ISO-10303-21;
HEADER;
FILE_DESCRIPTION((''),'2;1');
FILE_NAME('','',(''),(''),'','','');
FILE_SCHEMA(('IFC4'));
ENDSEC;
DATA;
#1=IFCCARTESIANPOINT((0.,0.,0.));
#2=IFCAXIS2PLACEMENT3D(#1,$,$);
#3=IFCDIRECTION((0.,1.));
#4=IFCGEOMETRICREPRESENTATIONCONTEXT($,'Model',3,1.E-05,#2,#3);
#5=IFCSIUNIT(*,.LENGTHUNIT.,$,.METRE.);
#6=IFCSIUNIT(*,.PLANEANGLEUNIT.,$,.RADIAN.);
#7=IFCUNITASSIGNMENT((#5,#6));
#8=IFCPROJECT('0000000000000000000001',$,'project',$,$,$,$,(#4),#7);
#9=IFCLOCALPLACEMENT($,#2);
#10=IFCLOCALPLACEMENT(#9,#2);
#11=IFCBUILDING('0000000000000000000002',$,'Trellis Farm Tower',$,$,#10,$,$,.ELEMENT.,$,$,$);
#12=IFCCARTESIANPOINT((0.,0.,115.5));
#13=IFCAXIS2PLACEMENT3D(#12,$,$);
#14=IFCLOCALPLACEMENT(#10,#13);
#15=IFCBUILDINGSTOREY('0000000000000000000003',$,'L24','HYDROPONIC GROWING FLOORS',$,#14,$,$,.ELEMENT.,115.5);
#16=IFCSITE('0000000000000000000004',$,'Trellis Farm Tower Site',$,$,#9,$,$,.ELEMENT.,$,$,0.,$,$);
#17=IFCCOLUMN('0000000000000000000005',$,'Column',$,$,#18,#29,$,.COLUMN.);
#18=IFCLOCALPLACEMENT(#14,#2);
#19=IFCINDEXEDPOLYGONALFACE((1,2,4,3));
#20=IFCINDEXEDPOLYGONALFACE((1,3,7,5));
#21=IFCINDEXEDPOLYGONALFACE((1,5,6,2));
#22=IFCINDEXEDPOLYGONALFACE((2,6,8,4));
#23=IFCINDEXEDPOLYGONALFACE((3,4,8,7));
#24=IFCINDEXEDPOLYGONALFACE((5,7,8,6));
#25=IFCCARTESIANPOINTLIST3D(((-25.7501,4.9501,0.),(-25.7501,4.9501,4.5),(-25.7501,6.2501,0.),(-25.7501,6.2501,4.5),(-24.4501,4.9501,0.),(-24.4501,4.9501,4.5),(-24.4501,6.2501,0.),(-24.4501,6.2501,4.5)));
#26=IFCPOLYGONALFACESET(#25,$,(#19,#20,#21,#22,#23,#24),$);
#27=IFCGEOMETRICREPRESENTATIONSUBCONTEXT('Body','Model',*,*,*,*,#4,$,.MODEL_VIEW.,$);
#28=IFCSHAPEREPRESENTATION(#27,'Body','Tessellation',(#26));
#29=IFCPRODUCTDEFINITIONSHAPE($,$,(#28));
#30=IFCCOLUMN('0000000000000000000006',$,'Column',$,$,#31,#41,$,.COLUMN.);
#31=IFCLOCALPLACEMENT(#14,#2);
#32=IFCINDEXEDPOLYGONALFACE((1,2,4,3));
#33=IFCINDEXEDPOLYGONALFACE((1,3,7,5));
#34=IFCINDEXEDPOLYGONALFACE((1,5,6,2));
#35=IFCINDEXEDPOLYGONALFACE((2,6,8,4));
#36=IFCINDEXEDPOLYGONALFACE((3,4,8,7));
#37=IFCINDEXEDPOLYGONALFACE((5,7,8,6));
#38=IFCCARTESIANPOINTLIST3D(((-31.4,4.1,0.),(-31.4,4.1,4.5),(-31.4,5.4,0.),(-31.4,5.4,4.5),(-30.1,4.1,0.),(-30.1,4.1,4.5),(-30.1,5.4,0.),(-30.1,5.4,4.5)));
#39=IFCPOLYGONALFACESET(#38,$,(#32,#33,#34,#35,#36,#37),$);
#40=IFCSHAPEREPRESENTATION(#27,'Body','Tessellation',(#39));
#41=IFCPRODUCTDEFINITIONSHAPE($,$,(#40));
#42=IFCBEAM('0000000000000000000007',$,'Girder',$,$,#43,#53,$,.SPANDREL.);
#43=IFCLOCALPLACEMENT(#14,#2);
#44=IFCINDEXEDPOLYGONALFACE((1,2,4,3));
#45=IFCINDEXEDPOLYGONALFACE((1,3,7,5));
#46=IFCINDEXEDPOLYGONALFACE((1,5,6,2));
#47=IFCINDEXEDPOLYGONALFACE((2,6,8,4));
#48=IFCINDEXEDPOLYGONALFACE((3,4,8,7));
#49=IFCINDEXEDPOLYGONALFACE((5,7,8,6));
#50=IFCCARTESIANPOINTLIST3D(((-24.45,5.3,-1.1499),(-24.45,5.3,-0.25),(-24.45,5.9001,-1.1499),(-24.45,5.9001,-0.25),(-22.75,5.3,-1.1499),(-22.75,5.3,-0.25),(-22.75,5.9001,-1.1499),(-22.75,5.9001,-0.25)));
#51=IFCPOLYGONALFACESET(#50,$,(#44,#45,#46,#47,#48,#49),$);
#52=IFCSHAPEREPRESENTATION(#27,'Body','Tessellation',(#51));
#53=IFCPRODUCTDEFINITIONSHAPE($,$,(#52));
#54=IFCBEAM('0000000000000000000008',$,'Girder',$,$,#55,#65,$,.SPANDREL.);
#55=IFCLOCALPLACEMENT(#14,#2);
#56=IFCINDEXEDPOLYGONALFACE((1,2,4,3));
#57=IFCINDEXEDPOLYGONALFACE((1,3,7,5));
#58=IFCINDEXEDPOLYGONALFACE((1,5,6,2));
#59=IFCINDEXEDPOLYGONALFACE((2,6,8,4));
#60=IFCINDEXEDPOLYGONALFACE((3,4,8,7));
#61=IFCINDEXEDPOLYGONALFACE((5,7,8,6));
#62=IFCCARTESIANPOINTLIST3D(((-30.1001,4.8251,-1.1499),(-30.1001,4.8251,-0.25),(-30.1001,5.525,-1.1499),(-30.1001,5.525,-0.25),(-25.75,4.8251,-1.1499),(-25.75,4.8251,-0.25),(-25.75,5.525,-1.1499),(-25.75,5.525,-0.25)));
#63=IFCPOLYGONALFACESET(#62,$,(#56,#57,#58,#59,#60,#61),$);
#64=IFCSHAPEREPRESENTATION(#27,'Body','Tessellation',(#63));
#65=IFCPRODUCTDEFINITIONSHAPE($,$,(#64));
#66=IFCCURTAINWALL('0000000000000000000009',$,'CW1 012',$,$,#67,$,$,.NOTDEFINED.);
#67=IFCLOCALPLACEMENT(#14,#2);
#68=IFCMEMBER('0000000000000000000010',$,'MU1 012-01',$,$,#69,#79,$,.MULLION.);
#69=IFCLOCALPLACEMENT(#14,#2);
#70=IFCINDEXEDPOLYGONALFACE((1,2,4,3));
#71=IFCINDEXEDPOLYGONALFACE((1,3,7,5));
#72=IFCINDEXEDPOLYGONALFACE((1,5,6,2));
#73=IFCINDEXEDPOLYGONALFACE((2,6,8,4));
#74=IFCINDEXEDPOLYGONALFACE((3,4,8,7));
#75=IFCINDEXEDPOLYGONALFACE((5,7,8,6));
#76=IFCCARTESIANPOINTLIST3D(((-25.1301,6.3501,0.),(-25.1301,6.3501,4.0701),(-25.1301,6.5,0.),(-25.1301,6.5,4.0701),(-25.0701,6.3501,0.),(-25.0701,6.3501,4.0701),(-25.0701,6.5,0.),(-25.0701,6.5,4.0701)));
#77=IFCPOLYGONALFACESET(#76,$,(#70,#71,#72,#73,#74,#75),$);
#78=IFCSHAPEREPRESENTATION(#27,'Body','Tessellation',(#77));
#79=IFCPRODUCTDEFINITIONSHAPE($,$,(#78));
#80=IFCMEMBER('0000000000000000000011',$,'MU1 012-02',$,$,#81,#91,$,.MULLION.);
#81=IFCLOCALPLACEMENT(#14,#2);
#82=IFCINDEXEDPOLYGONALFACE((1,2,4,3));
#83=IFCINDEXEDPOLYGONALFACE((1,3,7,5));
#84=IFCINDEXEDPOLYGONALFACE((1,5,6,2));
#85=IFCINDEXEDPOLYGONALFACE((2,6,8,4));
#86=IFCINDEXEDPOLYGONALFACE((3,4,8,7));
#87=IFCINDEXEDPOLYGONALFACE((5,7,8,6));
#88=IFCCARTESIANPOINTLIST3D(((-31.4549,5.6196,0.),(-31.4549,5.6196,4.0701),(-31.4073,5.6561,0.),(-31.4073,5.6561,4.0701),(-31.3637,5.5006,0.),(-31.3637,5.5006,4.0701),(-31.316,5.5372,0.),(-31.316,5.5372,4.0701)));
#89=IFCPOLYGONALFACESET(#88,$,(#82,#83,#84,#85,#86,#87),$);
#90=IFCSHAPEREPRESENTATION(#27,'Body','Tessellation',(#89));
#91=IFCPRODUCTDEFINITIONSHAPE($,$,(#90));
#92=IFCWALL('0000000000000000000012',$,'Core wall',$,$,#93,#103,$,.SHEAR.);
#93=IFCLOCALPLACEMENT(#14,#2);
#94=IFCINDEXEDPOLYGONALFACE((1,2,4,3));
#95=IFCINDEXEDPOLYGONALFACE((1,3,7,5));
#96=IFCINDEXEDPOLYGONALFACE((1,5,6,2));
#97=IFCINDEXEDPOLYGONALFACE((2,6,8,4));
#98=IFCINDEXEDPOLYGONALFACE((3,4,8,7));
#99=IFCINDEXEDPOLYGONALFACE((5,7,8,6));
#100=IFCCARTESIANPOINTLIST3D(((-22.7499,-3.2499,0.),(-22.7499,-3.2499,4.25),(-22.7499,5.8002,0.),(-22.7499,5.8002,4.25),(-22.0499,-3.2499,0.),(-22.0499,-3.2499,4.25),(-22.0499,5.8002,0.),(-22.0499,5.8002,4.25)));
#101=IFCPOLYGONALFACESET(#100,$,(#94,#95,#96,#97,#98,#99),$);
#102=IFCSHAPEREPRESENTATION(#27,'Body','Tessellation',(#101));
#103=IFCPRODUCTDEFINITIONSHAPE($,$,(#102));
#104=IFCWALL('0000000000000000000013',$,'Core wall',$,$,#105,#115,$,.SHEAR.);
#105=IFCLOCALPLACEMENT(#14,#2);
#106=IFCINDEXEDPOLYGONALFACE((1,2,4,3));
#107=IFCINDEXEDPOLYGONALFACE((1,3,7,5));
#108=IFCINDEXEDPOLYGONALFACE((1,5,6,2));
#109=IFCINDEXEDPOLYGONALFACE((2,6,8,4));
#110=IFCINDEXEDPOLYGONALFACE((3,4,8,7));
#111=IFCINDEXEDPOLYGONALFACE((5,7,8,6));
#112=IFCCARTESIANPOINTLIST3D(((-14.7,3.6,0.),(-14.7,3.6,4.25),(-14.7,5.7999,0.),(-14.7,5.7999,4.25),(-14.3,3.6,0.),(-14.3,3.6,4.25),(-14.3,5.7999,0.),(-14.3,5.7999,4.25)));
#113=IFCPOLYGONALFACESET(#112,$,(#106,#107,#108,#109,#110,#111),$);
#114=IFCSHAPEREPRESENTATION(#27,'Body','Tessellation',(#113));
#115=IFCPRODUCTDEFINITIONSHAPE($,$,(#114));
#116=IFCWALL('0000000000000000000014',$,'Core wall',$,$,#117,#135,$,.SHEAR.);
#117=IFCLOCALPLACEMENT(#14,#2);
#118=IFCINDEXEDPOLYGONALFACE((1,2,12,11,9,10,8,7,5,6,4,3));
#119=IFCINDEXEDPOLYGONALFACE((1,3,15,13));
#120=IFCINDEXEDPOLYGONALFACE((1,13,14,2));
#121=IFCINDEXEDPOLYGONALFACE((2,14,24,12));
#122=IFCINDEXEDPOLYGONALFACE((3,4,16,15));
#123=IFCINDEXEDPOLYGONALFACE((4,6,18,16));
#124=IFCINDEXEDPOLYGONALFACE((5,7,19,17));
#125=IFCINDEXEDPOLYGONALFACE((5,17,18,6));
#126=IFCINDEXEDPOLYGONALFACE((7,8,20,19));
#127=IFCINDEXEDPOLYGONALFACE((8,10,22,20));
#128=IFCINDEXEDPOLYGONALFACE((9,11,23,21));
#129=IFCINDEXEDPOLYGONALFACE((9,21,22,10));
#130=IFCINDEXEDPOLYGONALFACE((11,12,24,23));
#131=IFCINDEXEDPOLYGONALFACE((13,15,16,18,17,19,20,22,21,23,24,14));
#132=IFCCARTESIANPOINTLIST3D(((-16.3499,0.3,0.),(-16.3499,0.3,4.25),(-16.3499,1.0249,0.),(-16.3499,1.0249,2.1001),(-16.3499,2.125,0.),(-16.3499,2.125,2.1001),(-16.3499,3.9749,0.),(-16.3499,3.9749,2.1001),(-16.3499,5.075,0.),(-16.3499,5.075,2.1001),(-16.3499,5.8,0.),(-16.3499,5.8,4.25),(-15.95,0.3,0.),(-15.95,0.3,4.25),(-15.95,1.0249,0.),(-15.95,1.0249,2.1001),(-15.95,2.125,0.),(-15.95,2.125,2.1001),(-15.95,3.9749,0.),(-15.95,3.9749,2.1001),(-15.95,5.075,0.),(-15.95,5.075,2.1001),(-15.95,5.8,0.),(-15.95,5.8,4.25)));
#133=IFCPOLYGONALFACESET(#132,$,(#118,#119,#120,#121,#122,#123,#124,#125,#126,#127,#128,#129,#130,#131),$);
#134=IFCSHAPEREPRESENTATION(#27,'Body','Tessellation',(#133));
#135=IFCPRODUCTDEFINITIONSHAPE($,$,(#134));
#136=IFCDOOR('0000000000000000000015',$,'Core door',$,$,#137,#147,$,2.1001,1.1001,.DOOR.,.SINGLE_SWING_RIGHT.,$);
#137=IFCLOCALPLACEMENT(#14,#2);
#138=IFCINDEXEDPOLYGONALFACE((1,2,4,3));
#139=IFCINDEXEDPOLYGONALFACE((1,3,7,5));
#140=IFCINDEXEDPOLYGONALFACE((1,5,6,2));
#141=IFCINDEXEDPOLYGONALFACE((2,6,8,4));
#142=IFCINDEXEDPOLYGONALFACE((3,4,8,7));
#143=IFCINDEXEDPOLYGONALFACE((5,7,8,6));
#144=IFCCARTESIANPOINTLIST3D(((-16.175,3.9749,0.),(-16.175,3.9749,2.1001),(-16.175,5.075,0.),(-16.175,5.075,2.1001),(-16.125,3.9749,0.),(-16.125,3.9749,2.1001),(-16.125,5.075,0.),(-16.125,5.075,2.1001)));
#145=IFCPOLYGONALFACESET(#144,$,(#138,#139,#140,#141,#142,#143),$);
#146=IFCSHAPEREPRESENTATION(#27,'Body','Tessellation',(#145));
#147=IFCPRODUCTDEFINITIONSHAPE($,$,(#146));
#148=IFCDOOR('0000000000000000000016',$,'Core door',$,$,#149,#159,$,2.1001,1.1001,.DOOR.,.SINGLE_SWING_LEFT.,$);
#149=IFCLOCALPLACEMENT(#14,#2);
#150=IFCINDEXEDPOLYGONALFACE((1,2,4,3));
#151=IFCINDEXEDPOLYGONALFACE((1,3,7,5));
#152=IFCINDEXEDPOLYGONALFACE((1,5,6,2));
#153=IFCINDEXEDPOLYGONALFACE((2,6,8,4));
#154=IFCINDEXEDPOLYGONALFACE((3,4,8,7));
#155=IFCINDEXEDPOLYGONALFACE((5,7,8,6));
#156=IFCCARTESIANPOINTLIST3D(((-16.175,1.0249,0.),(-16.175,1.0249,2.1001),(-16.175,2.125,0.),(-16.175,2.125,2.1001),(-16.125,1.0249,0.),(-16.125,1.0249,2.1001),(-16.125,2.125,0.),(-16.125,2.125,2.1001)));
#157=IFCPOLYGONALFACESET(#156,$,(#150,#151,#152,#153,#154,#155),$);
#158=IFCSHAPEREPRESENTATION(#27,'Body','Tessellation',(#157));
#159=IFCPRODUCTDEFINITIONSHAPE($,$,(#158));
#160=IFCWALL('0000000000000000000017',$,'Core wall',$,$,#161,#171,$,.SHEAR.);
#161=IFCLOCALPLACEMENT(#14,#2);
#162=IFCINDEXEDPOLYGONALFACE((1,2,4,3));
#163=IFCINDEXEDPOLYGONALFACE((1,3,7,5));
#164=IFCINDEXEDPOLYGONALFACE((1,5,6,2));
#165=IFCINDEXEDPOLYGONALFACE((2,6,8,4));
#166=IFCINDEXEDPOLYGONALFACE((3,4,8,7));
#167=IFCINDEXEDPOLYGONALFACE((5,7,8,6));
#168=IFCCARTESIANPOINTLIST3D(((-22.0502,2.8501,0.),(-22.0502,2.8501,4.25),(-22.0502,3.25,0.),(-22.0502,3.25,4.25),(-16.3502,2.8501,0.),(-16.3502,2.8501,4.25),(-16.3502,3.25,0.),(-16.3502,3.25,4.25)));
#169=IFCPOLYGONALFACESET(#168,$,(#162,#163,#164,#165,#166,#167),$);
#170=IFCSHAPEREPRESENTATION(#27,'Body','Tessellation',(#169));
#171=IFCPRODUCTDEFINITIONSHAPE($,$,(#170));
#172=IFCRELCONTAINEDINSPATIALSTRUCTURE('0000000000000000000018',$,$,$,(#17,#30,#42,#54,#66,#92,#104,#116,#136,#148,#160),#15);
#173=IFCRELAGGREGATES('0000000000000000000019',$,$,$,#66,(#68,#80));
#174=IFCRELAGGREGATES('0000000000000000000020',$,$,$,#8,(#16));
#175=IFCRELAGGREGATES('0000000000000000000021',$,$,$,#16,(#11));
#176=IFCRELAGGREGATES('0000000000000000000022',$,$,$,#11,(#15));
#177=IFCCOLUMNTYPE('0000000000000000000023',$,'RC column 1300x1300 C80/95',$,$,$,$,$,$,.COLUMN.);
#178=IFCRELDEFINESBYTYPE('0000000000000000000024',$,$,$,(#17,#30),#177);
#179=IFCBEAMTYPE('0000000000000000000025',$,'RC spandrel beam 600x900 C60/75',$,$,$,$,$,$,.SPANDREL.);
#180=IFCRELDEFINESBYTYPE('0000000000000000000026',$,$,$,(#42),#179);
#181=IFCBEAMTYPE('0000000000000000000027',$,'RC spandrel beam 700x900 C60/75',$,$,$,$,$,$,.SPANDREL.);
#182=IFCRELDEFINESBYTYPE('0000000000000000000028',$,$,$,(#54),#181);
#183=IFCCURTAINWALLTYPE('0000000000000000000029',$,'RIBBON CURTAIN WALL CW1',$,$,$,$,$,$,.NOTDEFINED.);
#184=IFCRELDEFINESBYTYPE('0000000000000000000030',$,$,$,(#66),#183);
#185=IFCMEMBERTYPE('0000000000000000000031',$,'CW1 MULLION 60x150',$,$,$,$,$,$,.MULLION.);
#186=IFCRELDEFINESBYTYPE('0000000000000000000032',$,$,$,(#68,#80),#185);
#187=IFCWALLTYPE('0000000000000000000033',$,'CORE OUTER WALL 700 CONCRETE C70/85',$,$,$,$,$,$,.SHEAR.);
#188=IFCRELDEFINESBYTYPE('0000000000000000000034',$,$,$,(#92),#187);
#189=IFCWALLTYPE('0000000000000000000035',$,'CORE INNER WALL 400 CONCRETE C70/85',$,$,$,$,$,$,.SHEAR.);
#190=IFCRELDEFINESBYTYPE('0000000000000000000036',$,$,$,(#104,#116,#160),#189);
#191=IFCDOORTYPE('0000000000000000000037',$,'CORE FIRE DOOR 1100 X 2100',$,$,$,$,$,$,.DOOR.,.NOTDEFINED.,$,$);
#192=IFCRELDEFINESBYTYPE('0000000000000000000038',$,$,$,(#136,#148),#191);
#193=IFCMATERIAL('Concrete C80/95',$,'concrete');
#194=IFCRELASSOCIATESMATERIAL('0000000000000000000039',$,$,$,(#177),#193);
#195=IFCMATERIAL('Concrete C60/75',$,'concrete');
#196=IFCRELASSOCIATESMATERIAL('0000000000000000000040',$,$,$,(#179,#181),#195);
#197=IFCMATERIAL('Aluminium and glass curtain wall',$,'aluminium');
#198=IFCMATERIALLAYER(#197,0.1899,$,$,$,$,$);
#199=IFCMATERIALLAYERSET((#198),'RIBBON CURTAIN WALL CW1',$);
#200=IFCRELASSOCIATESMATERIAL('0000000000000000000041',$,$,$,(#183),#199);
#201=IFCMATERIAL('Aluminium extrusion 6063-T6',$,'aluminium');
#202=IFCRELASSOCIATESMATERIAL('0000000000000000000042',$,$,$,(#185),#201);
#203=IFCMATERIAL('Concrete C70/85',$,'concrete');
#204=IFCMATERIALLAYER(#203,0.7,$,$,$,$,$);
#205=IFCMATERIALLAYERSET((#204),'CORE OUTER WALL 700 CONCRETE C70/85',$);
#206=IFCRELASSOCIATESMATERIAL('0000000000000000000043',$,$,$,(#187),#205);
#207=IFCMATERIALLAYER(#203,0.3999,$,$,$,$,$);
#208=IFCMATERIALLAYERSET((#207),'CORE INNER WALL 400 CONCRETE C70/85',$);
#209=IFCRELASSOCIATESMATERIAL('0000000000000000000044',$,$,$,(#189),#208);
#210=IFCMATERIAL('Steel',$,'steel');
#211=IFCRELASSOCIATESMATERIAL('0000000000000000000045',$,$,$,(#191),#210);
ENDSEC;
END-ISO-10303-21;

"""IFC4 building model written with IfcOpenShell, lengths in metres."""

from ifc_helpers import new_model, si_unit, direction, frame, frame_2d, origin, origin_2d, place, context, subcontext, project, spatial, rectangle, extrude, source, transform, mapped, material, layer, layer_set, material_profile, profile_set, type_object, element, fill, aggregate, save


model = new_model("IFC4")

# Units and contexts
model_context = context("Model", 3, precision=1e-05, world=origin(), true_north=direction((0.0, 1.0)))
body_context = subcontext(model_context, "Body", "Model", "MODEL_VIEW")
ifc_project = project(units=[si_unit("LENGTHUNIT", "METRE"), si_unit("PLANEANGLEUNIT", "RADIAN")], contexts=[model_context])

# Site, building, storey
site_placement = place(None, origin())
site = spatial("IfcSite", under=ifc_project, at=site_placement, Name="Trellis Farm Tower Site", CompositionType="ELEMENT", RefElevation=0.0)
building_placement = place(site_placement, origin())
building = spatial("IfcBuilding", under=site, at=building_placement, Name="Trellis Farm Tower", CompositionType="ELEMENT")
storey_placement = place(building_placement, frame((0.0, 0.0, 115.5)))
storey = spatial("IfcBuildingStorey", under=building, at=storey_placement, Name="L24", Description="HYDROPONIC GROWING FLOORS", CompositionType="ELEMENT", Elevation=115.5)

# Columns
ifc_material_1 = material(Name="Concrete C80/95", Category="concrete")
ifc_material_profile_1 = material_profile(ifc_material_1, rectangle(XDim=1.3, YDim=1.3, at=origin_2d()), Name="RC column 1300x1300 C80/95")
ifc_profile_set_1 = profile_set([ifc_material_profile_1], Name="Concrete C80/95")
column_type = type_object("IfcColumnType", Name="RC column 1300x1300 C80/95", PredefinedType="COLUMN", material=ifc_profile_set_1)
shared_shape_1 = source(origin(), body_context, "Body", "SweptSolid", [
    extrude(rectangle(XDim=1.3, YDim=1.3, at=origin_2d()), origin(), (0.0, 0.0, 1.0), 4.5),
])
for number, where, z_axis, x_axis, name in (
    (1, (-25.1001, 5.6001, 0.0), (0.0, 0.0, 1.0), (1.0, 0.0, 0.0), "Column"),
    (2, (-30.75, 4.75, 0.0), (0.0, 0.0, 1.0), (1.0, 0.0, 0.0), "Column"),
):
    element("IfcColumn", number, at=place(storey_placement, frame(where, z_axis=z_axis, x_axis=x_axis)), inside=storey, type_object=column_type, Name=name, PredefinedType="COLUMN", context=body_context, shape_type="MappedRepresentation", body=[
        mapped(shared_shape_1, transform((0.0, 0.0, 0.0))),
    ])

# Beams
ifc_material_2 = material(Name="Concrete C60/75", Category="concrete")
ifc_material_profile_2 = material_profile(ifc_material_2, rectangle(XDim=0.6001, YDim=0.8999, at=origin_2d()), Name="RC spandrel beam 600x900 C60/75")
ifc_profile_set_2 = profile_set([ifc_material_profile_2], Name="Concrete C60/75")
beam_type_1 = type_object("IfcBeamType", Name="RC spandrel beam 600x900 C60/75", PredefinedType="SPANDREL", material=ifc_profile_set_2)
shared_shape_2 = source(origin(), body_context, "Body", "SweptSolid", [
    extrude(rectangle(XDim=0.6001, YDim=0.8999, at=origin_2d()), origin(), (0.0, 0.0, 1.0), 1.7),
])
beam_1_placement = place(storey_placement, frame((-24.45, 5.6001, -0.7), z_axis=(1.0, 0.0, 0.0), x_axis=(0.0, 1.0, 0.0)))
element("IfcBeam", 3, at=beam_1_placement, inside=storey, type_object=beam_type_1, Name="Girder", PredefinedType="SPANDREL", context=body_context, shape_type="MappedRepresentation", body=[
    mapped(shared_shape_2, transform((0.0, 0.0, 0.0))),
])
ifc_material_profile_3 = material_profile(ifc_material_2, rectangle(XDim=0.7, YDim=0.8999, at=origin_2d()), Name="RC spandrel beam 700x900 C60/75")
ifc_profile_set_3 = profile_set([ifc_material_profile_3], Name="Concrete C60/75")
beam_type_2 = type_object("IfcBeamType", Name="RC spandrel beam 700x900 C60/75", PredefinedType="SPANDREL", material=ifc_profile_set_3)
shared_shape_3 = source(origin(), body_context, "Body", "SweptSolid", [
    extrude(rectangle(XDim=0.7, YDim=0.8999, at=origin_2d()), origin(), (0.0, 0.0, 1.0), 4.3501),
])
beam_2_placement = place(storey_placement, frame((-30.1001, 5.175, -0.7), z_axis=(1.0, 0.0, 0.0), x_axis=(0.0, 1.0, 0.0)))
element("IfcBeam", 4, at=beam_2_placement, inside=storey, type_object=beam_type_2, Name="Girder", PredefinedType="SPANDREL", context=body_context, shape_type="MappedRepresentation", body=[
    mapped(shared_shape_3, transform((0.0, 0.0, 0.0))),
])

# Curtain wall, members
ifc_material_3 = material(Name="Aluminium and glass curtain wall", Category="aluminium")
ifc_layer_1 = layer(ifc_material_3, 0.1899)
ifc_layer_set_1 = layer_set([ifc_layer_1], Name="RIBBON CURTAIN WALL CW1")
curtain_wall_type = type_object("IfcCurtainWallType", Name="RIBBON CURTAIN WALL CW1", PredefinedType="NOTDEFINED", material=ifc_layer_set_1)
placement = place(storey_placement, origin())
curtain_wall = element("IfcCurtainWall", 5, at=placement, inside=storey, type_object=curtain_wall_type, Name="CW1 012", PredefinedType="NOTDEFINED")
ifc_material_4 = material(Name="Aluminium extrusion 6063-T6", Category="aluminium")
ifc_material_profile_4 = material_profile(ifc_material_4, rectangle(XDim=0.0601, YDim=0.1499, at=origin_2d()), Name="MULLION 60x150")
ifc_profile_set_4 = profile_set([ifc_material_profile_4], Name="Aluminium extrusion 6063-T6")
member_type = type_object("IfcMemberType", Name="CW1 MULLION 60x150", PredefinedType="MULLION", material=ifc_profile_set_4)
shared_shape_4 = source(origin(), body_context, "Body", "SweptSolid", [
    extrude(rectangle(XDim=0.0601, YDim=0.1499, at=origin_2d()), origin(), (0.0, 0.0, 1.0), 4.0701),
])
member_1_placement = place(storey_placement, frame((-25.1001, 6.425, 0.0), z_axis=(0.0, 0.0, 1.0), x_axis=(-1.0, 0.0, 0.0)))
member_1 = element("IfcMember", 6, at=member_1_placement, type_object=member_type, Name="MU1 012-01", PredefinedType="MULLION", context=body_context, shape_type="MappedRepresentation", body=[
    mapped(shared_shape_4, transform((0.0, 0.0, 0.0))),
])
member_2_placement = place(storey_placement, frame((-31.3855, 5.5784, 0.0), z_axis=(0.0, 0.0, 1.0), x_axis=(-0.793353, -0.608761, 0.0)))
member_2 = element("IfcMember", 7, at=member_2_placement, type_object=member_type, Name="MU1 012-02", PredefinedType="MULLION", context=body_context, shape_type="MappedRepresentation", body=[
    mapped(shared_shape_4, transform((0.0, 0.0, 0.0))),
])
aggregate(curtain_wall, [member_1, member_2])

# Walls
ifc_material_5 = material(Name="Concrete C70/85", Category="concrete")
ifc_layer_2 = layer(ifc_material_5, 0.7)
ifc_layer_set_2 = layer_set([ifc_layer_2], Name="CORE OUTER WALL 700 CONCRETE C70/85")
wall_type_1 = type_object("IfcWallType", Name="CORE OUTER WALL 700 CONCRETE C70/85", PredefinedType="SHEAR", material=ifc_layer_set_2)
shared_shape_5 = source(origin(), body_context, "Body", "SweptSolid", [
    extrude(rectangle(XDim=9.05, YDim=0.7, at=frame_2d((4.5249, 0.0))), origin(), (0.0, 0.0, 1.0), 4.25),
])
wall_1_placement = place(storey_placement, frame((-22.3999, 5.8, 0.0), z_axis=(0.0, 0.0, 1.0), x_axis=(0.0, -1.0, 0.0)))
element("IfcWall", 8, at=wall_1_placement, inside=storey, type_object=wall_type_1, Name="Core wall", PredefinedType="SHEAR", context=body_context, shape_type="MappedRepresentation", body=[
    mapped(shared_shape_5, transform((0.0, 0.0, 0.0))),
])
ifc_layer_3 = layer(ifc_material_5, 0.3999)
ifc_layer_set_3 = layer_set([ifc_layer_3], Name="CORE INNER WALL 400 CONCRETE C70/85")
wall_type_2 = type_object("IfcWallType", Name="CORE INNER WALL 400 CONCRETE C70/85", PredefinedType="SHEAR", material=ifc_layer_set_3)
shared_shape_6 = source(origin(), body_context, "Body", "SweptSolid", [
    extrude(rectangle(XDim=2.2, YDim=0.3999, at=frame_2d((1.1001, 0.0))), origin(), (0.0, 0.0, 1.0), 4.25),
])
wall_2_placement = place(storey_placement, frame((-14.5, 5.8, 0.0), z_axis=(0.0, 0.0, 1.0), x_axis=(0.0, -1.0, 0.0)))
element("IfcWall", 9, at=wall_2_placement, inside=storey, type_object=wall_type_2, Name="Core wall", PredefinedType="SHEAR", context=body_context, shape_type="MappedRepresentation", body=[
    mapped(shared_shape_6, transform((0.0, 0.0, 0.0))),
])

# Wall, openings, doors
shared_shape_7 = source(origin(), body_context, "Body", "SweptSolid", [
    extrude(rectangle(XDim=5.5, YDim=0.3999, at=frame_2d((2.75, 0.0))), origin(), (0.0, 0.0, 1.0), 4.25),
])
wall_3_placement = place(storey_placement, frame((-16.1499, 5.8, 0.0), z_axis=(0.0, 0.0, 1.0), x_axis=(0.0, -1.0, 0.0)))
wall_3 = element("IfcWall", 10, at=wall_3_placement, inside=storey, type_object=wall_type_2, Name="Core wall", PredefinedType="SHEAR", context=body_context, shape_type="MappedRepresentation", body=[
    mapped(shared_shape_7, transform((0.0, 0.0, 0.0))),
])
shared_shape_8 = source(origin(), body_context, "Body", "SweptSolid", [
    extrude(rectangle(XDim=1.1001, YDim=2.1001, at=frame_2d((0.55, 1.05))), frame((0.0, 0.21, 0.0), z_axis=(0.0, -1.0, 0.0), x_axis=(1.0, 0.0, 0.0)), (0.0, 0.0, 1.0), 0.4199),
])
opening_1_placement = place(wall_3_placement, frame((0.7251, 0.0, 0.0)))
opening_1 = element("IfcOpeningElement", 11, at=opening_1_placement, cuts=wall_3, PredefinedType="OPENING", context=body_context, shape_type="MappedRepresentation", body=[
    mapped(shared_shape_8, transform((0.0, 0.0, 0.0))),
])
opening_2_placement = place(wall_3_placement, frame((3.675, 0.0, 0.0)))
opening_2 = element("IfcOpeningElement", 12, at=opening_2_placement, cuts=wall_3, PredefinedType="OPENING", context=body_context, shape_type="MappedRepresentation", body=[
    mapped(shared_shape_8, transform((0.0, 0.0, 0.0))),
])
ifc_material_6 = material(Name="Steel", Category="steel")
door_type = type_object("IfcDoorType", Name="CORE FIRE DOOR 1100 X 2100", OperationType="NOTDEFINED", PredefinedType="DOOR", material=ifc_material_6)
shared_shape_9 = source(origin(), body_context, "Body", "SweptSolid", [
    extrude(rectangle(XDim=1.1001, YDim=2.1001, at=frame_2d((0.55, 1.05))), frame((0.0, 0.0249, 0.0), z_axis=(0.0, -1.0, 0.0), x_axis=(1.0, 0.0, 0.0)), (0.0, 0.0, 1.0), 0.05),
])
door_1_placement = place(opening_1_placement, origin())
door_1 = element("IfcDoor", 13, at=door_1_placement, inside=storey, type_object=door_type, Name="Core door", OperationType="SINGLE_SWING_RIGHT", OverallHeight=2.1001, OverallWidth=1.1001, PredefinedType="DOOR", context=body_context, shape_type="MappedRepresentation", body=[
    mapped(shared_shape_9, transform((0.0, 0.0, 0.0))),
])
fill(opening_1, door_1)
door_2_placement = place(opening_2_placement, origin())
door_2 = element("IfcDoor", 14, at=door_2_placement, inside=storey, type_object=door_type, Name="Core door", OperationType="SINGLE_SWING_LEFT", OverallHeight=2.1001, OverallWidth=1.1001, PredefinedType="DOOR", context=body_context, shape_type="MappedRepresentation", body=[
    mapped(shared_shape_9, transform((0.0, 0.0, 0.0))),
])
fill(opening_2, door_2)

# Wall
shared_shape_10 = source(origin(), body_context, "Body", "SweptSolid", [
    extrude(rectangle(XDim=5.7, YDim=0.3999, at=frame_2d((2.8501, 0.0))), origin(), (0.0, 0.0, 1.0), 4.25),
])
wall_4_placement = place(storey_placement, frame((-16.3501, 3.05, 0.0), z_axis=(0.0, 0.0, 1.0), x_axis=(-1.0, 0.0, 0.0)))
element("IfcWall", 15, at=wall_4_placement, inside=storey, type_object=wall_type_2, Name="Core wall", PredefinedType="SHEAR", context=body_context, shape_type="MappedRepresentation", body=[
    mapped(shared_shape_10, transform((0.0, 0.0, 0.0))),
])

save(model, "model.ifc")
